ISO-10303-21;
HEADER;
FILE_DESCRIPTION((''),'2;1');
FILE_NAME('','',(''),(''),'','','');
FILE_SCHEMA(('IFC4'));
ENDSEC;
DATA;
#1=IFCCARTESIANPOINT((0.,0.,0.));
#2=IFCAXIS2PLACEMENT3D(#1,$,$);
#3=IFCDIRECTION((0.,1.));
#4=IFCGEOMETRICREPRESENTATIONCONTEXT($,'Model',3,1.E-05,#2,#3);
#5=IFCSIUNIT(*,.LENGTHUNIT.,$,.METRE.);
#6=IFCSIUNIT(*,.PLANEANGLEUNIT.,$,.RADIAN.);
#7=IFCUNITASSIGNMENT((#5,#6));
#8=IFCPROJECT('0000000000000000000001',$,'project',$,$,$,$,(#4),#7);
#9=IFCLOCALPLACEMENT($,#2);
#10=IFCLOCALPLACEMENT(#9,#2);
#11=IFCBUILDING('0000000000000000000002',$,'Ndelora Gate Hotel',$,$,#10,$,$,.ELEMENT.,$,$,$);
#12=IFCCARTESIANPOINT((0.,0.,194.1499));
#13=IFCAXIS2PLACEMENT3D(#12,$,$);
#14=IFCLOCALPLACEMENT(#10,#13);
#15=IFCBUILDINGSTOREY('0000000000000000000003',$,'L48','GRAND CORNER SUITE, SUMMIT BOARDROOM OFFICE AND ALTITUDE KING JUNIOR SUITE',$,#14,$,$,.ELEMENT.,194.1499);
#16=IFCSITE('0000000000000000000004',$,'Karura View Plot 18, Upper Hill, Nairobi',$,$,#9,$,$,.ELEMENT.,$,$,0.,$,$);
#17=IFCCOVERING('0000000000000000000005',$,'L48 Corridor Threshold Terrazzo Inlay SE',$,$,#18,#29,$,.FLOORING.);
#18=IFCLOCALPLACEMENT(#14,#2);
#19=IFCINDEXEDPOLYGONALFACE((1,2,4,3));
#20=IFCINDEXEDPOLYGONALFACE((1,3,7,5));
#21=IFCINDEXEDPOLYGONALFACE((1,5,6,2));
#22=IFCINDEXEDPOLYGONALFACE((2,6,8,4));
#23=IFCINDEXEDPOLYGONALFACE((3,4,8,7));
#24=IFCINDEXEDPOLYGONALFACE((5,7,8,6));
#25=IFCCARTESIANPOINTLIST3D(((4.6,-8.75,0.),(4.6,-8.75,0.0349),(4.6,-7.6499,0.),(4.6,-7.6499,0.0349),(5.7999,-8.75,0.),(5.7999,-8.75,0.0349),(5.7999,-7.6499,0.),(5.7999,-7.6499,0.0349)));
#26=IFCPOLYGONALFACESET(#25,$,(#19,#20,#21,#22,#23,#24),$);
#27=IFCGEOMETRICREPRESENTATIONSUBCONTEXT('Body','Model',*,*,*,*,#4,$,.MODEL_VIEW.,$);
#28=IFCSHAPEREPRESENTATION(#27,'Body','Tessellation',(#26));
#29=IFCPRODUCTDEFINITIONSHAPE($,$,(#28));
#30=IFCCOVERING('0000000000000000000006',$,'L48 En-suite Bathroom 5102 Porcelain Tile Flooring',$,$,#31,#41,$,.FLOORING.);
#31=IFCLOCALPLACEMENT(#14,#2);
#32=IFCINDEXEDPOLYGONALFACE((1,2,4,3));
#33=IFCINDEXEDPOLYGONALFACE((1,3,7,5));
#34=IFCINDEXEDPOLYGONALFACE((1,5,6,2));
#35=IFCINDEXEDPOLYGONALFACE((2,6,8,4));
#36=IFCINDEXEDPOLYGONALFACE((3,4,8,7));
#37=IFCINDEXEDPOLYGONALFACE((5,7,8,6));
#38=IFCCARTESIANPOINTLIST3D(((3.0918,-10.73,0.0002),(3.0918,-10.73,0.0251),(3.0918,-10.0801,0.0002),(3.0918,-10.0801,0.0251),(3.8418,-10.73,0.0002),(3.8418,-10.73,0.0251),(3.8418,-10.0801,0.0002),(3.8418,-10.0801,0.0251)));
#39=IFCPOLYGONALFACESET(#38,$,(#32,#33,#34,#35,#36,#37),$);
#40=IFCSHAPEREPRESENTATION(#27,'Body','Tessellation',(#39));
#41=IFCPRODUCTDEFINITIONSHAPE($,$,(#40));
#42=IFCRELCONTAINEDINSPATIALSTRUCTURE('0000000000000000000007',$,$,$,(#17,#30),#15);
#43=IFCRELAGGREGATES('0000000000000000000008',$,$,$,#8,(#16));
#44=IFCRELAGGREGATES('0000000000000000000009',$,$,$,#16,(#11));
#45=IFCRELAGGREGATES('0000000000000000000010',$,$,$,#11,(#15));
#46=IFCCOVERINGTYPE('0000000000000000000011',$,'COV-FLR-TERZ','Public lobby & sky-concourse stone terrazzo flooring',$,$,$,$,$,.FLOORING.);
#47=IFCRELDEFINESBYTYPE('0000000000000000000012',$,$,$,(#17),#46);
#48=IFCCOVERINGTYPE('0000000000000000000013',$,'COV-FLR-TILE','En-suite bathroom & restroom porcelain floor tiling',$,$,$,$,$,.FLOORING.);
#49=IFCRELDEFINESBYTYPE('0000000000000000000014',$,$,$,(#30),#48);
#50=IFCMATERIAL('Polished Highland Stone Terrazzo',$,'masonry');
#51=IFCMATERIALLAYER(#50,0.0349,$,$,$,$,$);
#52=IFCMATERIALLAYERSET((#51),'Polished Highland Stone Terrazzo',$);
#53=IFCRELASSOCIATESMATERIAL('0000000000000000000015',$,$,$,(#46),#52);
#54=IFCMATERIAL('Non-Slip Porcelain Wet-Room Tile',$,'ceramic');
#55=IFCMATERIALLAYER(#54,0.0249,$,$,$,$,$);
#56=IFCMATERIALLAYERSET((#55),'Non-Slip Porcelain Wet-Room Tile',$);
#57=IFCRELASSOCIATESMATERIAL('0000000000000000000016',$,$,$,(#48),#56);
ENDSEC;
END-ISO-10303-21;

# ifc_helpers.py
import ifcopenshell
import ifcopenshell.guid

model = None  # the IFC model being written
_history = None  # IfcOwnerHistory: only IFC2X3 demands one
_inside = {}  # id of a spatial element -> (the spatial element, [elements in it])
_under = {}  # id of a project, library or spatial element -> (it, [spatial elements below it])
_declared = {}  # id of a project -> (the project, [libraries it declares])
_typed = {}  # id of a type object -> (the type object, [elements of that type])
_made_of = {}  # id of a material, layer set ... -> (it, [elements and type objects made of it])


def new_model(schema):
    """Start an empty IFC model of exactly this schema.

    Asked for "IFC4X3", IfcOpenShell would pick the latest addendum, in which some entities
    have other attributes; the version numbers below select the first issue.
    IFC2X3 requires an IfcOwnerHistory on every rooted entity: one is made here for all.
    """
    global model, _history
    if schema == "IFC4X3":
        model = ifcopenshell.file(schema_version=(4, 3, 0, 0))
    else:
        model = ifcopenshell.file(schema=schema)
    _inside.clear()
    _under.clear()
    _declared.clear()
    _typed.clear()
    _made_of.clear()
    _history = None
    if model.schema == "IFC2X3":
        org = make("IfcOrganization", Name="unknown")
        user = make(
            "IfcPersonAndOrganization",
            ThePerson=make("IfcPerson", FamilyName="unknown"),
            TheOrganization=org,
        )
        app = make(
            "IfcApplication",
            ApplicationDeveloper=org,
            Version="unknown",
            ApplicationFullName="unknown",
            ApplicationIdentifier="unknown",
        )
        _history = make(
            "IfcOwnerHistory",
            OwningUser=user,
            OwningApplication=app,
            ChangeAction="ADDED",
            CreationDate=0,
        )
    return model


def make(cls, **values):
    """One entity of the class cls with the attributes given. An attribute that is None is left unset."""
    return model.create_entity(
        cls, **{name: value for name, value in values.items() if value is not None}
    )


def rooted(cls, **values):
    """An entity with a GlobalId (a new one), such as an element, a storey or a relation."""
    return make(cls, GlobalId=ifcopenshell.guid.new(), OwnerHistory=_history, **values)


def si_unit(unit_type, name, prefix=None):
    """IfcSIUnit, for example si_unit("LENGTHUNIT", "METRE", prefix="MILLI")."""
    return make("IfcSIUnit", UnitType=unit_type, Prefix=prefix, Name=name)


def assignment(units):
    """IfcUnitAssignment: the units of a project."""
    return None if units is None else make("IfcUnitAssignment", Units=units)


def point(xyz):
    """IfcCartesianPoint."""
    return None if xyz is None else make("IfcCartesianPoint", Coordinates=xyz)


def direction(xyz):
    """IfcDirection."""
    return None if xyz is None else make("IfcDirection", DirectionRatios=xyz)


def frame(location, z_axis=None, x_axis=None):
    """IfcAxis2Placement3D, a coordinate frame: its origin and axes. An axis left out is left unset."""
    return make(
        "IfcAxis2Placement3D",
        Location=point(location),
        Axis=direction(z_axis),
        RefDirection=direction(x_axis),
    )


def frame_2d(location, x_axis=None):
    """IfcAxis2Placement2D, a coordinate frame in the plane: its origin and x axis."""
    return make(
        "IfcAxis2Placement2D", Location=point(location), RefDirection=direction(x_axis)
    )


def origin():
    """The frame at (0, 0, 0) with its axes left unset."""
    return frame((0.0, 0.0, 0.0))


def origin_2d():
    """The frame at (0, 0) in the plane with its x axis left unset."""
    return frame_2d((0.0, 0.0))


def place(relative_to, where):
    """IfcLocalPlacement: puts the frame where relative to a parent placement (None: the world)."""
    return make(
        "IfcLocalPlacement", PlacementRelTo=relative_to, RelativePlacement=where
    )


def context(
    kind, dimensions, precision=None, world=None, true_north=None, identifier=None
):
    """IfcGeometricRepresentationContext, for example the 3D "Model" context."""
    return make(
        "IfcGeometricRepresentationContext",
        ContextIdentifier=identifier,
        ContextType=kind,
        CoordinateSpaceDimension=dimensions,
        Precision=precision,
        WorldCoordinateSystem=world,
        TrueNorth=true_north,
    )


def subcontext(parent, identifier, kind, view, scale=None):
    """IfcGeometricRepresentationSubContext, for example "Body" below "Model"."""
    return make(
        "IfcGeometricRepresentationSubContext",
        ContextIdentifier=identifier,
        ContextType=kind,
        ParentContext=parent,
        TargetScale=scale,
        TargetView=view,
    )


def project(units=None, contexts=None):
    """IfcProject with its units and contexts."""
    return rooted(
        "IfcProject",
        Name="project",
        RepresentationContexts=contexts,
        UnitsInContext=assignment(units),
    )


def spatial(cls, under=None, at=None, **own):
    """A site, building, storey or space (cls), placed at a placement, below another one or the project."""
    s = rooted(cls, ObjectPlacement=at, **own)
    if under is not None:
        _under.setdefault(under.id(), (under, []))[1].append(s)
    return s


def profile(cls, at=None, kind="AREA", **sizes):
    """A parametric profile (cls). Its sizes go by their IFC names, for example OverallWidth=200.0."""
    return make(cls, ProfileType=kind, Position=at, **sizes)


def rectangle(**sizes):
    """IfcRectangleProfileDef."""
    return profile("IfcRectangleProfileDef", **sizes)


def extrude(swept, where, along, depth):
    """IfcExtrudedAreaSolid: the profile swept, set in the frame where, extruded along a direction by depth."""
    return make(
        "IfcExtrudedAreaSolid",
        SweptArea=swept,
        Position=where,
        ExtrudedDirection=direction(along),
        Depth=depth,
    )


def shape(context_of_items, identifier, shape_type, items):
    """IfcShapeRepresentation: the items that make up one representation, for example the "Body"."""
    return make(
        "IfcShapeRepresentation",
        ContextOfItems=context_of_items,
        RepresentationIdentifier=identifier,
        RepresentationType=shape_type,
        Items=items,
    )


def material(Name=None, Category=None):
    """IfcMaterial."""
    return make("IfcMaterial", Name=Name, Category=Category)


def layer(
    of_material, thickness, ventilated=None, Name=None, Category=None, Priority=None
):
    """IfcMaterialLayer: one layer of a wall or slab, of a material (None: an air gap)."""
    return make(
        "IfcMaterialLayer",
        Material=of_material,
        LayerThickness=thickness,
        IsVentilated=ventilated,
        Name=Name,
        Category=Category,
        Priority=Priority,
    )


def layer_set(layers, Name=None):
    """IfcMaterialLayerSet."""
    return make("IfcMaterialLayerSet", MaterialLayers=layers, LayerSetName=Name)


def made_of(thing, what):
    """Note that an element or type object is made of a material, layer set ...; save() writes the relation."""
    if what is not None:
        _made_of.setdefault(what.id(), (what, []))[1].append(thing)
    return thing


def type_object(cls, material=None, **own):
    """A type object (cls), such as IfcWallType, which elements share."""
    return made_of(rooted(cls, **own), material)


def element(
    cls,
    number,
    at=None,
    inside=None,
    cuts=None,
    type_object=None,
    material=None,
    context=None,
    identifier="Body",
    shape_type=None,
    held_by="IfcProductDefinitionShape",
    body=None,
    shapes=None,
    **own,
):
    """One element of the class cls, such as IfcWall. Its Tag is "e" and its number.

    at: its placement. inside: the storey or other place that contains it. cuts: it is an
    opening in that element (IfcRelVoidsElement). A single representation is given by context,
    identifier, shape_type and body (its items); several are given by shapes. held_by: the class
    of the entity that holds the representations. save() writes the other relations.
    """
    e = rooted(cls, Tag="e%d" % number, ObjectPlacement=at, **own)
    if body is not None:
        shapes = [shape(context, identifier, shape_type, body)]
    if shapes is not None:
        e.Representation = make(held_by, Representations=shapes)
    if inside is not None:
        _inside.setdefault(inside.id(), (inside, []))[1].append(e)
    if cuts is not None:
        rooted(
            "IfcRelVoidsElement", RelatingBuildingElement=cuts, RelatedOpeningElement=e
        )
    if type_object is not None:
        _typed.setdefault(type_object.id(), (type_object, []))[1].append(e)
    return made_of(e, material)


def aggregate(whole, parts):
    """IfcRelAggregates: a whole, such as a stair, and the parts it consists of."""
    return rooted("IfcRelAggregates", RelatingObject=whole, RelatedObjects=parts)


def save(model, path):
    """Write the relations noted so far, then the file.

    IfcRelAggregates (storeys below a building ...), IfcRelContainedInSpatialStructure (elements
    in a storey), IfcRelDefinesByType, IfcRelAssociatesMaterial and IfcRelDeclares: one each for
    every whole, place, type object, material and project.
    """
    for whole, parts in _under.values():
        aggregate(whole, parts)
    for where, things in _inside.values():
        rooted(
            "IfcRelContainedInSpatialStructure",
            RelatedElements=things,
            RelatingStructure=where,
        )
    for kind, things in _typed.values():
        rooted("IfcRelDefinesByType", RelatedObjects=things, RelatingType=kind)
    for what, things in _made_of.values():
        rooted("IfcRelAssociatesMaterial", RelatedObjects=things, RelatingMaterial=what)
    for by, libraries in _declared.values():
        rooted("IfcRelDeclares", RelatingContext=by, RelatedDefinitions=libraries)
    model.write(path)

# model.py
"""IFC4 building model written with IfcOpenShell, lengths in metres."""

from ifc_helpers import new_model, si_unit, direction, frame, origin, origin_2d, place, context, subcontext, project, spatial, rectangle, extrude, material, layer, layer_set, type_object, element, save


model = new_model("IFC4")

# Units and contexts
model_context = context("Model", 3, precision=1e-05, world=origin(), true_north=direction((0.0, 1.0)))
body_context = subcontext(model_context, "Body", "Model", "MODEL_VIEW")
ifc_project = project(units=[si_unit("LENGTHUNIT", "METRE"), si_unit("PLANEANGLEUNIT", "RADIAN")], contexts=[model_context])

# Site, building, storey
site_placement = place(None, origin())
site = spatial("IfcSite", under=ifc_project, at=site_placement, Name="Karura View Plot 18, Upper Hill, Nairobi", CompositionType="ELEMENT", RefElevation=0.0)
building_placement = place(site_placement, origin())
building = spatial("IfcBuilding", under=site, at=building_placement, Name="Ndelora Gate Hotel", CompositionType="ELEMENT")
storey_placement = place(building_placement, frame((0.0, 0.0, 194.1499)))
storey = spatial("IfcBuildingStorey", under=building, at=storey_placement, Name="L48", Description="GRAND CORNER SUITE, SUMMIT BOARDROOM OFFICE AND ALTITUDE KING JUNIOR SUITE", CompositionType="ELEMENT", Elevation=194.1499)

# Coverings
ifc_material_1 = material(Name="Polished Highland Stone Terrazzo", Category="masonry")
ifc_layer_1 = layer(ifc_material_1, 0.0349)
ifc_layer_set_1 = layer_set([ifc_layer_1], Name="Polished Highland Stone Terrazzo")
covering_type_1 = type_object("IfcCoveringType", Name="COV-FLR-TERZ", Description="Public lobby & sky-concourse stone terrazzo flooring", PredefinedType="FLOORING", material=ifc_layer_set_1)
covering_1_placement = place(storey_placement, frame((5.2, -8.2, 0.0), z_axis=(0.0, 0.0, 1.0), x_axis=(1.0, 0.0, 0.0)))
element("IfcCovering", 1, at=covering_1_placement, inside=storey, type_object=covering_type_1, Name="L48 Corridor Threshold Terrazzo Inlay SE", PredefinedType="FLOORING", context=body_context, shape_type="SweptSolid", body=[
    extrude(rectangle(XDim=1.2, YDim=1.1001, at=origin_2d()), origin(), (0.0, 0.0, 1.0), 0.0349),
])
ifc_material_2 = material(Name="Non-Slip Porcelain Wet-Room Tile", Category="ceramic")
ifc_layer_2 = layer(ifc_material_2, 0.0249)
ifc_layer_set_2 = layer_set([ifc_layer_2], Name="Non-Slip Porcelain Wet-Room Tile")
covering_type_2 = type_object("IfcCoveringType", Name="COV-FLR-TILE", Description="En-suite bathroom & restroom porcelain floor tiling", PredefinedType="FLOORING", material=ifc_layer_set_2)
covering_2_placement = place(storey_placement, frame((3.4668, -10.405, 0.0002), z_axis=(0.0, 0.0, 1.0), x_axis=(1.0, 0.0, 0.0)))
element("IfcCovering", 2, at=covering_2_placement, inside=storey, type_object=covering_type_2, Name="L48 En-suite Bathroom 5102 Porcelain Tile Flooring", PredefinedType="FLOORING", context=body_context, shape_type="SweptSolid", body=[
    extrude(rectangle(XDim=0.75, YDim=0.6499, at=origin_2d()), origin(), (0.0, 0.0, 1.0), 0.0249),
])

save(model, "model.ifc")
